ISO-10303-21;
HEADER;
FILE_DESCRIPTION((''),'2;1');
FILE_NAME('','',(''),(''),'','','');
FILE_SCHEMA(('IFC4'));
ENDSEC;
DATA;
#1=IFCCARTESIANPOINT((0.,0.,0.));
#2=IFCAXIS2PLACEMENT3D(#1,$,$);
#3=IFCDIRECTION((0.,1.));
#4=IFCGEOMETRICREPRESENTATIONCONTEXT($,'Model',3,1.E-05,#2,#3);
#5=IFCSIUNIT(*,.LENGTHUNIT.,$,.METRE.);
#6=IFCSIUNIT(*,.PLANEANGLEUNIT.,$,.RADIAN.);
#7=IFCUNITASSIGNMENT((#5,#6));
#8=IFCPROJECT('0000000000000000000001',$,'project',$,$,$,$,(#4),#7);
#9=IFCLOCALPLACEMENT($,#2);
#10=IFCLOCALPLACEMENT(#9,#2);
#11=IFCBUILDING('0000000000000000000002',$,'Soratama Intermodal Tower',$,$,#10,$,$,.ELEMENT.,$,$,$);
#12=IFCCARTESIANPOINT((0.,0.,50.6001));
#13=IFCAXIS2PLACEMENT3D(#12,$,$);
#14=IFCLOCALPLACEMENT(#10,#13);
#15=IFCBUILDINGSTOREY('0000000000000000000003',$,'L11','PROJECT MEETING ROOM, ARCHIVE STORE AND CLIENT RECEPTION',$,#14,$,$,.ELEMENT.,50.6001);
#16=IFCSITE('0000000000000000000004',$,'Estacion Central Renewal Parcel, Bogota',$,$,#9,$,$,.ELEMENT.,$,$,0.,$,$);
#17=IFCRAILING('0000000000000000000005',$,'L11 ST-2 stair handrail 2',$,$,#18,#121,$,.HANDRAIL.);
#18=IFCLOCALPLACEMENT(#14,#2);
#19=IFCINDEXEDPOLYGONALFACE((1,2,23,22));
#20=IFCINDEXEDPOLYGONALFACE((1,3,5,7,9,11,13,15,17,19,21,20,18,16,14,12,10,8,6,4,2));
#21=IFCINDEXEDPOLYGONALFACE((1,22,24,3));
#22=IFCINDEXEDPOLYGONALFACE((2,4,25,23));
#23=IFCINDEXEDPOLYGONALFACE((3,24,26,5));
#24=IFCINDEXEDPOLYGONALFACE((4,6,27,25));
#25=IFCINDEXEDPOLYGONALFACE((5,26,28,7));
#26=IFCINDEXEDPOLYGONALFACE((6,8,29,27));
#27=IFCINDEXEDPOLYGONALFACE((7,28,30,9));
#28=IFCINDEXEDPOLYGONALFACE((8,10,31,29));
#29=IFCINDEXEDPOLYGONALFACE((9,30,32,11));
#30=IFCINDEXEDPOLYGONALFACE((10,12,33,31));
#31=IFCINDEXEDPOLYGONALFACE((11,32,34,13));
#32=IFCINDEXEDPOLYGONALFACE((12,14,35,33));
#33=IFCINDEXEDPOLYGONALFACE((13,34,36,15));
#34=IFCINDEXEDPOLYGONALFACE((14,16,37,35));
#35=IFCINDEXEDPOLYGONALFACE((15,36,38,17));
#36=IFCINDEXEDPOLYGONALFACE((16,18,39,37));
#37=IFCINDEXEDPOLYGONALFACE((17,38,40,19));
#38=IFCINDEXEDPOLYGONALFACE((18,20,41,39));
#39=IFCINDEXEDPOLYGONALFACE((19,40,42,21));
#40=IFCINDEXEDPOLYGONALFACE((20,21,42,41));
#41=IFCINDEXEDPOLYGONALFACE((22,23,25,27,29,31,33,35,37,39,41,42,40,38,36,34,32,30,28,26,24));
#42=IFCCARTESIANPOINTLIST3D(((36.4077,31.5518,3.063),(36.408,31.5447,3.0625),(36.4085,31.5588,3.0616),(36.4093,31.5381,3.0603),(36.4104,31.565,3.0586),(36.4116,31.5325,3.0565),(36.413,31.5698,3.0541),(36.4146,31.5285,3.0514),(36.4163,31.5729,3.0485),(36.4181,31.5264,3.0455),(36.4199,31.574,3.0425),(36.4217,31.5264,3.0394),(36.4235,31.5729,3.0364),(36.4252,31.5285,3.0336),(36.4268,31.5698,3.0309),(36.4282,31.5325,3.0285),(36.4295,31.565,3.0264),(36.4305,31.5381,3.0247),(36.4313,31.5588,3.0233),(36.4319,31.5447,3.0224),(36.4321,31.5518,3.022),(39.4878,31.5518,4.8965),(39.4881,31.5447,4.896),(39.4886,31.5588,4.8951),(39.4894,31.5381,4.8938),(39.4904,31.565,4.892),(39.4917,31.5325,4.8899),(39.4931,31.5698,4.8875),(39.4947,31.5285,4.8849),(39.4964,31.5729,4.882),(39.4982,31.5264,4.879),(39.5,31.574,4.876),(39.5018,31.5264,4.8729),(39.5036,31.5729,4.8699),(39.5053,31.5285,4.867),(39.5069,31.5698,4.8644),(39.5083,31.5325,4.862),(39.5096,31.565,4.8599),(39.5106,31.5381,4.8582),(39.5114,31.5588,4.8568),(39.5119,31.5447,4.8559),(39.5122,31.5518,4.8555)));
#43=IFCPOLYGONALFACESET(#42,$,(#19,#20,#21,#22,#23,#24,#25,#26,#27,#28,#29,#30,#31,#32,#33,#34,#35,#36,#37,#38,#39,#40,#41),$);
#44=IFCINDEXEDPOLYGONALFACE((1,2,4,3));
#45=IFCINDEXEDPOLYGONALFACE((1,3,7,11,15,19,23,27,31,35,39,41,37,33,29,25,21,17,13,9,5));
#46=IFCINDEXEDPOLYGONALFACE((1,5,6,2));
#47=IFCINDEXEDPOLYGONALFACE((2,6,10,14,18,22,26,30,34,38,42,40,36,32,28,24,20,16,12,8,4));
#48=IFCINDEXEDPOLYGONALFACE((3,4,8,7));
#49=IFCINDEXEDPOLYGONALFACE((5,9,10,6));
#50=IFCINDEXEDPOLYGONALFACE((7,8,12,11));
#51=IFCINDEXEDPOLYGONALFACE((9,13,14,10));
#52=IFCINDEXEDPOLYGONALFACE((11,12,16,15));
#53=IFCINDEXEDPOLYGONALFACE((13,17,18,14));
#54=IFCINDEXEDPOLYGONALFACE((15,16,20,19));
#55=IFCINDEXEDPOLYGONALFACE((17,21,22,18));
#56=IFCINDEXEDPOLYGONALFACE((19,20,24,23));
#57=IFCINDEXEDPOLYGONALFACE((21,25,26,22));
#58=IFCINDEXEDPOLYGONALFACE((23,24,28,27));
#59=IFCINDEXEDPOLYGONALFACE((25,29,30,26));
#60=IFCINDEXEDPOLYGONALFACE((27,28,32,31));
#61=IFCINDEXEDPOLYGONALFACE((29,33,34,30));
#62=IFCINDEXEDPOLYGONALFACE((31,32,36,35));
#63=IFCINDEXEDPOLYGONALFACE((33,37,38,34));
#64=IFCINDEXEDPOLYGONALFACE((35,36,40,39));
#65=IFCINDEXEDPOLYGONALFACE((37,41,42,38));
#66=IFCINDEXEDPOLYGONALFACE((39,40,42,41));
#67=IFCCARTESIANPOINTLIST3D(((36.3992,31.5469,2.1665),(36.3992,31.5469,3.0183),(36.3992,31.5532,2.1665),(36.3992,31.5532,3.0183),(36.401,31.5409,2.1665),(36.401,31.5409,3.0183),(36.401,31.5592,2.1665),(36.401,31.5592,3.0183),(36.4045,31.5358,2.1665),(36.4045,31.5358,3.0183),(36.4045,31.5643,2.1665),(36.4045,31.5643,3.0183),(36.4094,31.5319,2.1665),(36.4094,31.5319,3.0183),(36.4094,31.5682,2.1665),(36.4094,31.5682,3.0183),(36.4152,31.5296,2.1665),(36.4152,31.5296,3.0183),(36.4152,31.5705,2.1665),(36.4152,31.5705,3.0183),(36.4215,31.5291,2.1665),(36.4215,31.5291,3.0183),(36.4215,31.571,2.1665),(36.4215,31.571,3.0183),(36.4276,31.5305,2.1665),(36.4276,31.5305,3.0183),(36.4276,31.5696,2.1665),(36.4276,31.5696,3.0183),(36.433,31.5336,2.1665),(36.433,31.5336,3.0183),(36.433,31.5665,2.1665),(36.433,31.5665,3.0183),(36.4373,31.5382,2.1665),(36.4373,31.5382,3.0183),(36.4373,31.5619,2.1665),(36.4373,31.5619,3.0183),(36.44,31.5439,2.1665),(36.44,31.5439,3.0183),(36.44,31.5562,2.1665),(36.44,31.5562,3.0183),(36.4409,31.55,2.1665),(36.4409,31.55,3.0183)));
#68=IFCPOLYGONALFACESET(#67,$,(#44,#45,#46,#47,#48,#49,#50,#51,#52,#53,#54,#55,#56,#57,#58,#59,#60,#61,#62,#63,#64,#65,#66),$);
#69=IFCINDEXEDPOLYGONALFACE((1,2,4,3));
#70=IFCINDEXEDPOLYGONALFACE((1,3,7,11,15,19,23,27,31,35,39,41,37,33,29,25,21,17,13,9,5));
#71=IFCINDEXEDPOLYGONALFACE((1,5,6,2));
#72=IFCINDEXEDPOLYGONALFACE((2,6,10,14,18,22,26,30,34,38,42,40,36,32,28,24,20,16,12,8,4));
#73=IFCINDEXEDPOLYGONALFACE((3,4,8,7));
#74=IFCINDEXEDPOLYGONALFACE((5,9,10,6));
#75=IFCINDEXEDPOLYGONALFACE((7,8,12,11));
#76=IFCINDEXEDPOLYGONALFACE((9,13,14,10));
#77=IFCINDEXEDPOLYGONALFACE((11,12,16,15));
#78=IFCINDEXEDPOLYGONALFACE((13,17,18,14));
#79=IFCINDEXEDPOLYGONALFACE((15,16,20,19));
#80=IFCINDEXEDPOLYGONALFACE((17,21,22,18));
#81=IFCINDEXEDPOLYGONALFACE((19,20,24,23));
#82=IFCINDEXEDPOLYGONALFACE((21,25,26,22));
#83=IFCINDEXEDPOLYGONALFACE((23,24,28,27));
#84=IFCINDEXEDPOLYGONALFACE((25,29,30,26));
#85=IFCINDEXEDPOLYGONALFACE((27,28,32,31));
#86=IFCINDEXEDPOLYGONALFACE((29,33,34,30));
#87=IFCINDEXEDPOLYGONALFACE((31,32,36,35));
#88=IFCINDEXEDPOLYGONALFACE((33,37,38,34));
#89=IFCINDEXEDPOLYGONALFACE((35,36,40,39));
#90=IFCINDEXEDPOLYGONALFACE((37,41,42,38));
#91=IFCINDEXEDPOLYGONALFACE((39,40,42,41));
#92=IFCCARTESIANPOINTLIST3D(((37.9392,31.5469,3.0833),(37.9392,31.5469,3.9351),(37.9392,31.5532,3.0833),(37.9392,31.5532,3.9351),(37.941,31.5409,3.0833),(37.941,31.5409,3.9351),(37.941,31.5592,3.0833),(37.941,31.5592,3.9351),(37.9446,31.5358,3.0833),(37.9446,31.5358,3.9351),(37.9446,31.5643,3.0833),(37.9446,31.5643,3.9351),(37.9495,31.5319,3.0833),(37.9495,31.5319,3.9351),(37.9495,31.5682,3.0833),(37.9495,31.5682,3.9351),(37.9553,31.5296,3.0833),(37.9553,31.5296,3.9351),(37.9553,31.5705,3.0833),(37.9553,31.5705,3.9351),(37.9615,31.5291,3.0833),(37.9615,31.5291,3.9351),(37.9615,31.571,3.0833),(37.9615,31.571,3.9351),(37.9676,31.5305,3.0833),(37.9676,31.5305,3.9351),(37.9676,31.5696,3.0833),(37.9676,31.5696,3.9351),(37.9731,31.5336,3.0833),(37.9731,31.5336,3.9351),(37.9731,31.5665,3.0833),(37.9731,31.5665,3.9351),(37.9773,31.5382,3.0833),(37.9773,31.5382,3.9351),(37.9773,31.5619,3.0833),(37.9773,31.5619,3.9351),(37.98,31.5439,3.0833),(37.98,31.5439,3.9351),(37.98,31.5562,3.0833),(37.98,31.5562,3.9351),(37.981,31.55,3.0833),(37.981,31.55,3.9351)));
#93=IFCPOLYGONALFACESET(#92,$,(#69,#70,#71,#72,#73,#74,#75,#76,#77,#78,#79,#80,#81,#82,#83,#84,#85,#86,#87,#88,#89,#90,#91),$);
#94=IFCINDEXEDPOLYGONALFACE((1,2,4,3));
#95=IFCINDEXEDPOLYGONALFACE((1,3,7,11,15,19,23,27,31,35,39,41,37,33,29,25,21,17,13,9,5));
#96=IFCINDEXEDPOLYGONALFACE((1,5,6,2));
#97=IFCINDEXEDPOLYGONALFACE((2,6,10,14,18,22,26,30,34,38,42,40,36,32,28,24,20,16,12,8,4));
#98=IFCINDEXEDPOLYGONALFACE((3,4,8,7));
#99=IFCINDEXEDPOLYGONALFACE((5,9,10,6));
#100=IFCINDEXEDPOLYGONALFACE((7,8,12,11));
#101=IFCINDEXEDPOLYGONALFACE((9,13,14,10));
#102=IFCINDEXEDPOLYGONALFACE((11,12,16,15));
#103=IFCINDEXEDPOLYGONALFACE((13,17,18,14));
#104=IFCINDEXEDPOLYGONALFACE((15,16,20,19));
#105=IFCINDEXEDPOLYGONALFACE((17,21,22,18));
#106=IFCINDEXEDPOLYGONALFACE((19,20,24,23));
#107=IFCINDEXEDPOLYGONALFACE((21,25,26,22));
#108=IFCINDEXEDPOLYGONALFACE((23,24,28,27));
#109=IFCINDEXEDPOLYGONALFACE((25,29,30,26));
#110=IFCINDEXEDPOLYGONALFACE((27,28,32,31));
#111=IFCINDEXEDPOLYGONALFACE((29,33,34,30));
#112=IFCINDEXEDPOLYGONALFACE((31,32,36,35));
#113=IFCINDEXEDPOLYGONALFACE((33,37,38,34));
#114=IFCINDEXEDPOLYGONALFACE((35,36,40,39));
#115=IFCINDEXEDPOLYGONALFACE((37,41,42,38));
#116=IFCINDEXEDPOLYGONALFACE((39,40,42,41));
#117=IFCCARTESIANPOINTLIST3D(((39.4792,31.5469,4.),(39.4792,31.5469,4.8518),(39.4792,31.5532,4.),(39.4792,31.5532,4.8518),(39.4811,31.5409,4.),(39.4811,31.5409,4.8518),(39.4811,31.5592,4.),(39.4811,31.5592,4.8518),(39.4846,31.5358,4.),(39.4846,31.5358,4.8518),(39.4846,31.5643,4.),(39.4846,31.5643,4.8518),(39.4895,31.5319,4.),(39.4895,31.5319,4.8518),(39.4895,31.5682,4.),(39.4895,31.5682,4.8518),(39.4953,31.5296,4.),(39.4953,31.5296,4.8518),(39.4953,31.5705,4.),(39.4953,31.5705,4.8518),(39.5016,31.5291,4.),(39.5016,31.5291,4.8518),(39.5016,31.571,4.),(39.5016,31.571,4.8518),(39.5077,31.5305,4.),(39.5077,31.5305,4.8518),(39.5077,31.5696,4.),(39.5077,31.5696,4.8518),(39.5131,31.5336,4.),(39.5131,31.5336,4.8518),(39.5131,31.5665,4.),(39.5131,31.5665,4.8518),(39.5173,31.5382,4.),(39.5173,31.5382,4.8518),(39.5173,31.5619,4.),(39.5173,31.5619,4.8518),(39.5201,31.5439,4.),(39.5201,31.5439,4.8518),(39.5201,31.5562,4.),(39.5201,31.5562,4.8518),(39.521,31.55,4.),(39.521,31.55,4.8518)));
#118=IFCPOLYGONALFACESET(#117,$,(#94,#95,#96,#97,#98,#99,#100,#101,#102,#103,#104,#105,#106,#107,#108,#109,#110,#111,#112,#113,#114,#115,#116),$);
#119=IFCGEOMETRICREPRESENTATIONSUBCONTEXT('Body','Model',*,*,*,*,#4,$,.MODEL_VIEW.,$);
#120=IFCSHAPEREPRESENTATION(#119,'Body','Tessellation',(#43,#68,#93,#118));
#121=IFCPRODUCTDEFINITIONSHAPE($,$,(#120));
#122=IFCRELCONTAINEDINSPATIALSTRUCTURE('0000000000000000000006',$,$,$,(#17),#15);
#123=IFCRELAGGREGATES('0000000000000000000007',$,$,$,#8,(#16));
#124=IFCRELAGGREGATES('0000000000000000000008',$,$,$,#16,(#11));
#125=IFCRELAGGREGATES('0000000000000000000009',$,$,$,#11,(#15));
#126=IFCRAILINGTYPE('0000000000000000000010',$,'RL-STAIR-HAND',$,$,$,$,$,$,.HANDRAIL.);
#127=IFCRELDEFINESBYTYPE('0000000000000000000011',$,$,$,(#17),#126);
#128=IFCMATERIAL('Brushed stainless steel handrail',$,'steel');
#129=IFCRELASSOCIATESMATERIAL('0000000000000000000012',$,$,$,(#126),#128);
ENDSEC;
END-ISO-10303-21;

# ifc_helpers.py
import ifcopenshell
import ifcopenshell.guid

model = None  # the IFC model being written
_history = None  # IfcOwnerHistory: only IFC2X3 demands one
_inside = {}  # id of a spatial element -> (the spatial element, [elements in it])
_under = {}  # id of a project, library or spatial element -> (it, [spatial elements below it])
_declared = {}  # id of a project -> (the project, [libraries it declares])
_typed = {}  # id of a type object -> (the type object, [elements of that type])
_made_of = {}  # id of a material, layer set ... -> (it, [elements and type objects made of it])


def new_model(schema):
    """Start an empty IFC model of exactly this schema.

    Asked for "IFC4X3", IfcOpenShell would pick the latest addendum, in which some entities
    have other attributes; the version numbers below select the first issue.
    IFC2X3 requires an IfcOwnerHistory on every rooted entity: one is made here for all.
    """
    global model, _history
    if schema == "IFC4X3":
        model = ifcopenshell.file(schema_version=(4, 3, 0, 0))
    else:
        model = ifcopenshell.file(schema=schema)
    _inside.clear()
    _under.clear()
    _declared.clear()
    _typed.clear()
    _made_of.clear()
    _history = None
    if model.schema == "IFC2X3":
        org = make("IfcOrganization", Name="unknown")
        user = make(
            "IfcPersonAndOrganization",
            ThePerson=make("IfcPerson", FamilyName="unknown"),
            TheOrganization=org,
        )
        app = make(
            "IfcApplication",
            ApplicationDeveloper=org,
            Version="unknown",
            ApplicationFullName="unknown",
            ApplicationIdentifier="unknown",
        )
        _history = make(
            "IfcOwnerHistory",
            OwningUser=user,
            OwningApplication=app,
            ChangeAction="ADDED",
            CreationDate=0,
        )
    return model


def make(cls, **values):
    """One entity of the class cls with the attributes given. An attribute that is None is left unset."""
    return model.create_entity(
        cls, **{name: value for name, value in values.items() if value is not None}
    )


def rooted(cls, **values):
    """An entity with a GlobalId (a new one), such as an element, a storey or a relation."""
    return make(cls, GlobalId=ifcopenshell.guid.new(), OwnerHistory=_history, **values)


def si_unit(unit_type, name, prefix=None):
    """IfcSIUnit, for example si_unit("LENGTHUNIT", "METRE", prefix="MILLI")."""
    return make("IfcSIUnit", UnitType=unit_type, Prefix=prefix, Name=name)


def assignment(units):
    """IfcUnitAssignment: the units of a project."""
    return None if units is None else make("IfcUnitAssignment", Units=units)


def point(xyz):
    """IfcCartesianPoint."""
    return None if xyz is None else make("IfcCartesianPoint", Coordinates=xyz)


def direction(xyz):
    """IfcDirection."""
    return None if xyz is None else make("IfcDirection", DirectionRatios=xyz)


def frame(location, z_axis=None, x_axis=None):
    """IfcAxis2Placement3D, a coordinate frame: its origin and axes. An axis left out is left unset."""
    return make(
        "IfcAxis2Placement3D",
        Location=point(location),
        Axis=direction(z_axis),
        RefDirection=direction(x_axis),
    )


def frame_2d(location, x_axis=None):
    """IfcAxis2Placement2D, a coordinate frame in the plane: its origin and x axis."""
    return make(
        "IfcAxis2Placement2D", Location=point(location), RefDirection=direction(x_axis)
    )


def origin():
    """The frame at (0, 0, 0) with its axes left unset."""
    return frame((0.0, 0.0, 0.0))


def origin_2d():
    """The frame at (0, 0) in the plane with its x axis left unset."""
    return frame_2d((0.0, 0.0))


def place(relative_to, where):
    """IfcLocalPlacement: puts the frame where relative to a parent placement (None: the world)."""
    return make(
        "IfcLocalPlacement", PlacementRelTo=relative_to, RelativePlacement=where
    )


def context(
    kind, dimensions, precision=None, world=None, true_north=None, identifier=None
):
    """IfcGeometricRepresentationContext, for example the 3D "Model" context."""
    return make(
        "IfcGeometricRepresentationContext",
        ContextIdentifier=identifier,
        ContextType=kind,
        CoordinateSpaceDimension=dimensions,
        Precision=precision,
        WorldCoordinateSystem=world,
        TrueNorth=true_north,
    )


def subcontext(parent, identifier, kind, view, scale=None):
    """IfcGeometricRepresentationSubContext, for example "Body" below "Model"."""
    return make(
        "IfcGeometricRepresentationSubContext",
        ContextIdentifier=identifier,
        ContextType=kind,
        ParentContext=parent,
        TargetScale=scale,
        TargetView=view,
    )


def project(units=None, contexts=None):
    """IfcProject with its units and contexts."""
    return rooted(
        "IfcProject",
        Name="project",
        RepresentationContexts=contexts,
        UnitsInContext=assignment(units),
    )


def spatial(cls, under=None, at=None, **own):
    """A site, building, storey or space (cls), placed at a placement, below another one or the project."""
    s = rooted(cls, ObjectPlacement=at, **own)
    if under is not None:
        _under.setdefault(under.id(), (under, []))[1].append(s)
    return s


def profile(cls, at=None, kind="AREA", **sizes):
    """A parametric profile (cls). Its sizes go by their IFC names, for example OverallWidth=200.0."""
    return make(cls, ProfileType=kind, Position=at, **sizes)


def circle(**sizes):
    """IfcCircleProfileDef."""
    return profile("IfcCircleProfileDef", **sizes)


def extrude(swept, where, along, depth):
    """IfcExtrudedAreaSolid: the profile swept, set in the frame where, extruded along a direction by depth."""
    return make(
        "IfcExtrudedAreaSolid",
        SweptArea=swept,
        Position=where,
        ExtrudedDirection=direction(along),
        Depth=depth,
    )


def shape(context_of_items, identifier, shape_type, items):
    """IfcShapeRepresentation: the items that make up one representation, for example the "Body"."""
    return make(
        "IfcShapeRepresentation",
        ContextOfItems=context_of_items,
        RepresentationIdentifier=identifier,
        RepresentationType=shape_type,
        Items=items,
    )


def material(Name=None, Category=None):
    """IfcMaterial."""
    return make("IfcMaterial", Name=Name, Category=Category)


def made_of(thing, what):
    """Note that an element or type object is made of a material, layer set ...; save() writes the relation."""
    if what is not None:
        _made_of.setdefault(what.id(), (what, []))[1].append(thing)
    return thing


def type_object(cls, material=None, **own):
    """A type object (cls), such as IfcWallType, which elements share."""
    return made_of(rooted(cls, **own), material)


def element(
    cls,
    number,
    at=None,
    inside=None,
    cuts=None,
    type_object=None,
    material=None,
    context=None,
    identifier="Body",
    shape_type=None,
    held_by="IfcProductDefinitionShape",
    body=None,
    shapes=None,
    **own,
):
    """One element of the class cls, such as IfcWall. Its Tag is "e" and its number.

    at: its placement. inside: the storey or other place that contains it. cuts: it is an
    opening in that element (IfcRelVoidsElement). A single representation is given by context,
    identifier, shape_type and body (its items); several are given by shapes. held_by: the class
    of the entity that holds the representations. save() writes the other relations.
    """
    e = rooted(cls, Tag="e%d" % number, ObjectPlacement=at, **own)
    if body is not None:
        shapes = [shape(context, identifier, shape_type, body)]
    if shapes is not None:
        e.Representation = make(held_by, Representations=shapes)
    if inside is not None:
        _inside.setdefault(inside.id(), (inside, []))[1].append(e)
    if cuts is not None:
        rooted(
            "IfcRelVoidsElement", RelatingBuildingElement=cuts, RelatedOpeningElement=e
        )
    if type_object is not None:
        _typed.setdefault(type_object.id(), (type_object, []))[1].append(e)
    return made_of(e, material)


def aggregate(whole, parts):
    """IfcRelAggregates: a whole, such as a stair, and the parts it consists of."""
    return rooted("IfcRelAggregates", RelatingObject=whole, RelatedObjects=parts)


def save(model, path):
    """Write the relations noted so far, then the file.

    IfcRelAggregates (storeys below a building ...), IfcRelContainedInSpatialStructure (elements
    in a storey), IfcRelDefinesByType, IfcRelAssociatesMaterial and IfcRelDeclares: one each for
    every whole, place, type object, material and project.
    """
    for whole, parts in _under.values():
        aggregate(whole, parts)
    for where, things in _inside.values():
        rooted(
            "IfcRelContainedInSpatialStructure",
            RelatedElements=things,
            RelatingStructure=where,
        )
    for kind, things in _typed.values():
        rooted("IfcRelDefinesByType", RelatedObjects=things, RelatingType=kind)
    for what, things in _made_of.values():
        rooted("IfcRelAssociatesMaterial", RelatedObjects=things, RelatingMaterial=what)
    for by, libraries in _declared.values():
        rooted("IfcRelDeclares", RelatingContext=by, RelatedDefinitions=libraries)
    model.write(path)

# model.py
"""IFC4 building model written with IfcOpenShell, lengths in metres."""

from ifc_helpers import new_model, si_unit, direction, frame, origin, origin_2d, place, context, subcontext, project, spatial, circle, extrude, material, type_object, element, save


model = new_model("IFC4")

# Units and contexts
model_context = context("Model", 3, precision=1e-05, world=origin(), true_north=direction((0.0, 1.0)))
body_context = subcontext(model_context, "Body", "Model", "MODEL_VIEW")
ifc_project = project(units=[si_unit("LENGTHUNIT", "METRE"), si_unit("PLANEANGLEUNIT", "RADIAN")], contexts=[model_context])

# Site, building, storey
site_placement = place(None, origin())
site = spatial("IfcSite", under=ifc_project, at=site_placement, Name="Estacion Central Renewal Parcel, Bogota", CompositionType="ELEMENT", RefElevation=0.0)
building_placement = place(site_placement, origin())
building = spatial("IfcBuilding", under=site, at=building_placement, Name="Soratama Intermodal Tower", CompositionType="ELEMENT")
storey_placement = place(building_placement, frame((0.0, 0.0, 50.6001)))
storey = spatial("IfcBuildingStorey", under=building, at=storey_placement, Name="L11", Description="PROJECT MEETING ROOM, ARCHIVE STORE AND CLIENT RECEPTION", CompositionType="ELEMENT", Elevation=50.6001)

# Railing
ifc_material_1 = material(Name="Brushed stainless steel handrail", Category="steel")
railing_type_1 = type_object("IfcRailingType", Name="RL-STAIR-HAND", PredefinedType="HANDRAIL", material=ifc_material_1)
railing_1_placement = place(storey_placement, frame((36.4199, 31.55, 2.1665)))
element("IfcRailing", 1, at=railing_1_placement, inside=storey, type_object=railing_type_1, Name="L11 ST-2 stair handrail 2", PredefinedType="HANDRAIL", context=body_context, shape_type="SweptSolid", body=[
    extrude(circle(Radius=0.0239, at=origin_2d()), frame((0.0, 0.0, 0.876), z_axis=(0.859279, 0.0, 0.511508), x_axis=(0.0, 1.0, 0.0)), (0.0, 0.0, 1.0), 3.5845),
    extrude(circle(Radius=0.021, at=origin_2d()), origin(), (0.0, 0.0, 1.0), 0.8518),
    extrude(circle(Radius=0.021, at=origin_2d()), frame((1.54, 0.0, 0.9167)), (0.0, 0.0, 1.0), 0.8518),
    extrude(circle(Radius=0.021, at=origin_2d()), frame((3.0801, 0.0, 1.8335)), (0.0, 0.0, 1.0), 0.8518),
])

save(model, "model.ifc")
